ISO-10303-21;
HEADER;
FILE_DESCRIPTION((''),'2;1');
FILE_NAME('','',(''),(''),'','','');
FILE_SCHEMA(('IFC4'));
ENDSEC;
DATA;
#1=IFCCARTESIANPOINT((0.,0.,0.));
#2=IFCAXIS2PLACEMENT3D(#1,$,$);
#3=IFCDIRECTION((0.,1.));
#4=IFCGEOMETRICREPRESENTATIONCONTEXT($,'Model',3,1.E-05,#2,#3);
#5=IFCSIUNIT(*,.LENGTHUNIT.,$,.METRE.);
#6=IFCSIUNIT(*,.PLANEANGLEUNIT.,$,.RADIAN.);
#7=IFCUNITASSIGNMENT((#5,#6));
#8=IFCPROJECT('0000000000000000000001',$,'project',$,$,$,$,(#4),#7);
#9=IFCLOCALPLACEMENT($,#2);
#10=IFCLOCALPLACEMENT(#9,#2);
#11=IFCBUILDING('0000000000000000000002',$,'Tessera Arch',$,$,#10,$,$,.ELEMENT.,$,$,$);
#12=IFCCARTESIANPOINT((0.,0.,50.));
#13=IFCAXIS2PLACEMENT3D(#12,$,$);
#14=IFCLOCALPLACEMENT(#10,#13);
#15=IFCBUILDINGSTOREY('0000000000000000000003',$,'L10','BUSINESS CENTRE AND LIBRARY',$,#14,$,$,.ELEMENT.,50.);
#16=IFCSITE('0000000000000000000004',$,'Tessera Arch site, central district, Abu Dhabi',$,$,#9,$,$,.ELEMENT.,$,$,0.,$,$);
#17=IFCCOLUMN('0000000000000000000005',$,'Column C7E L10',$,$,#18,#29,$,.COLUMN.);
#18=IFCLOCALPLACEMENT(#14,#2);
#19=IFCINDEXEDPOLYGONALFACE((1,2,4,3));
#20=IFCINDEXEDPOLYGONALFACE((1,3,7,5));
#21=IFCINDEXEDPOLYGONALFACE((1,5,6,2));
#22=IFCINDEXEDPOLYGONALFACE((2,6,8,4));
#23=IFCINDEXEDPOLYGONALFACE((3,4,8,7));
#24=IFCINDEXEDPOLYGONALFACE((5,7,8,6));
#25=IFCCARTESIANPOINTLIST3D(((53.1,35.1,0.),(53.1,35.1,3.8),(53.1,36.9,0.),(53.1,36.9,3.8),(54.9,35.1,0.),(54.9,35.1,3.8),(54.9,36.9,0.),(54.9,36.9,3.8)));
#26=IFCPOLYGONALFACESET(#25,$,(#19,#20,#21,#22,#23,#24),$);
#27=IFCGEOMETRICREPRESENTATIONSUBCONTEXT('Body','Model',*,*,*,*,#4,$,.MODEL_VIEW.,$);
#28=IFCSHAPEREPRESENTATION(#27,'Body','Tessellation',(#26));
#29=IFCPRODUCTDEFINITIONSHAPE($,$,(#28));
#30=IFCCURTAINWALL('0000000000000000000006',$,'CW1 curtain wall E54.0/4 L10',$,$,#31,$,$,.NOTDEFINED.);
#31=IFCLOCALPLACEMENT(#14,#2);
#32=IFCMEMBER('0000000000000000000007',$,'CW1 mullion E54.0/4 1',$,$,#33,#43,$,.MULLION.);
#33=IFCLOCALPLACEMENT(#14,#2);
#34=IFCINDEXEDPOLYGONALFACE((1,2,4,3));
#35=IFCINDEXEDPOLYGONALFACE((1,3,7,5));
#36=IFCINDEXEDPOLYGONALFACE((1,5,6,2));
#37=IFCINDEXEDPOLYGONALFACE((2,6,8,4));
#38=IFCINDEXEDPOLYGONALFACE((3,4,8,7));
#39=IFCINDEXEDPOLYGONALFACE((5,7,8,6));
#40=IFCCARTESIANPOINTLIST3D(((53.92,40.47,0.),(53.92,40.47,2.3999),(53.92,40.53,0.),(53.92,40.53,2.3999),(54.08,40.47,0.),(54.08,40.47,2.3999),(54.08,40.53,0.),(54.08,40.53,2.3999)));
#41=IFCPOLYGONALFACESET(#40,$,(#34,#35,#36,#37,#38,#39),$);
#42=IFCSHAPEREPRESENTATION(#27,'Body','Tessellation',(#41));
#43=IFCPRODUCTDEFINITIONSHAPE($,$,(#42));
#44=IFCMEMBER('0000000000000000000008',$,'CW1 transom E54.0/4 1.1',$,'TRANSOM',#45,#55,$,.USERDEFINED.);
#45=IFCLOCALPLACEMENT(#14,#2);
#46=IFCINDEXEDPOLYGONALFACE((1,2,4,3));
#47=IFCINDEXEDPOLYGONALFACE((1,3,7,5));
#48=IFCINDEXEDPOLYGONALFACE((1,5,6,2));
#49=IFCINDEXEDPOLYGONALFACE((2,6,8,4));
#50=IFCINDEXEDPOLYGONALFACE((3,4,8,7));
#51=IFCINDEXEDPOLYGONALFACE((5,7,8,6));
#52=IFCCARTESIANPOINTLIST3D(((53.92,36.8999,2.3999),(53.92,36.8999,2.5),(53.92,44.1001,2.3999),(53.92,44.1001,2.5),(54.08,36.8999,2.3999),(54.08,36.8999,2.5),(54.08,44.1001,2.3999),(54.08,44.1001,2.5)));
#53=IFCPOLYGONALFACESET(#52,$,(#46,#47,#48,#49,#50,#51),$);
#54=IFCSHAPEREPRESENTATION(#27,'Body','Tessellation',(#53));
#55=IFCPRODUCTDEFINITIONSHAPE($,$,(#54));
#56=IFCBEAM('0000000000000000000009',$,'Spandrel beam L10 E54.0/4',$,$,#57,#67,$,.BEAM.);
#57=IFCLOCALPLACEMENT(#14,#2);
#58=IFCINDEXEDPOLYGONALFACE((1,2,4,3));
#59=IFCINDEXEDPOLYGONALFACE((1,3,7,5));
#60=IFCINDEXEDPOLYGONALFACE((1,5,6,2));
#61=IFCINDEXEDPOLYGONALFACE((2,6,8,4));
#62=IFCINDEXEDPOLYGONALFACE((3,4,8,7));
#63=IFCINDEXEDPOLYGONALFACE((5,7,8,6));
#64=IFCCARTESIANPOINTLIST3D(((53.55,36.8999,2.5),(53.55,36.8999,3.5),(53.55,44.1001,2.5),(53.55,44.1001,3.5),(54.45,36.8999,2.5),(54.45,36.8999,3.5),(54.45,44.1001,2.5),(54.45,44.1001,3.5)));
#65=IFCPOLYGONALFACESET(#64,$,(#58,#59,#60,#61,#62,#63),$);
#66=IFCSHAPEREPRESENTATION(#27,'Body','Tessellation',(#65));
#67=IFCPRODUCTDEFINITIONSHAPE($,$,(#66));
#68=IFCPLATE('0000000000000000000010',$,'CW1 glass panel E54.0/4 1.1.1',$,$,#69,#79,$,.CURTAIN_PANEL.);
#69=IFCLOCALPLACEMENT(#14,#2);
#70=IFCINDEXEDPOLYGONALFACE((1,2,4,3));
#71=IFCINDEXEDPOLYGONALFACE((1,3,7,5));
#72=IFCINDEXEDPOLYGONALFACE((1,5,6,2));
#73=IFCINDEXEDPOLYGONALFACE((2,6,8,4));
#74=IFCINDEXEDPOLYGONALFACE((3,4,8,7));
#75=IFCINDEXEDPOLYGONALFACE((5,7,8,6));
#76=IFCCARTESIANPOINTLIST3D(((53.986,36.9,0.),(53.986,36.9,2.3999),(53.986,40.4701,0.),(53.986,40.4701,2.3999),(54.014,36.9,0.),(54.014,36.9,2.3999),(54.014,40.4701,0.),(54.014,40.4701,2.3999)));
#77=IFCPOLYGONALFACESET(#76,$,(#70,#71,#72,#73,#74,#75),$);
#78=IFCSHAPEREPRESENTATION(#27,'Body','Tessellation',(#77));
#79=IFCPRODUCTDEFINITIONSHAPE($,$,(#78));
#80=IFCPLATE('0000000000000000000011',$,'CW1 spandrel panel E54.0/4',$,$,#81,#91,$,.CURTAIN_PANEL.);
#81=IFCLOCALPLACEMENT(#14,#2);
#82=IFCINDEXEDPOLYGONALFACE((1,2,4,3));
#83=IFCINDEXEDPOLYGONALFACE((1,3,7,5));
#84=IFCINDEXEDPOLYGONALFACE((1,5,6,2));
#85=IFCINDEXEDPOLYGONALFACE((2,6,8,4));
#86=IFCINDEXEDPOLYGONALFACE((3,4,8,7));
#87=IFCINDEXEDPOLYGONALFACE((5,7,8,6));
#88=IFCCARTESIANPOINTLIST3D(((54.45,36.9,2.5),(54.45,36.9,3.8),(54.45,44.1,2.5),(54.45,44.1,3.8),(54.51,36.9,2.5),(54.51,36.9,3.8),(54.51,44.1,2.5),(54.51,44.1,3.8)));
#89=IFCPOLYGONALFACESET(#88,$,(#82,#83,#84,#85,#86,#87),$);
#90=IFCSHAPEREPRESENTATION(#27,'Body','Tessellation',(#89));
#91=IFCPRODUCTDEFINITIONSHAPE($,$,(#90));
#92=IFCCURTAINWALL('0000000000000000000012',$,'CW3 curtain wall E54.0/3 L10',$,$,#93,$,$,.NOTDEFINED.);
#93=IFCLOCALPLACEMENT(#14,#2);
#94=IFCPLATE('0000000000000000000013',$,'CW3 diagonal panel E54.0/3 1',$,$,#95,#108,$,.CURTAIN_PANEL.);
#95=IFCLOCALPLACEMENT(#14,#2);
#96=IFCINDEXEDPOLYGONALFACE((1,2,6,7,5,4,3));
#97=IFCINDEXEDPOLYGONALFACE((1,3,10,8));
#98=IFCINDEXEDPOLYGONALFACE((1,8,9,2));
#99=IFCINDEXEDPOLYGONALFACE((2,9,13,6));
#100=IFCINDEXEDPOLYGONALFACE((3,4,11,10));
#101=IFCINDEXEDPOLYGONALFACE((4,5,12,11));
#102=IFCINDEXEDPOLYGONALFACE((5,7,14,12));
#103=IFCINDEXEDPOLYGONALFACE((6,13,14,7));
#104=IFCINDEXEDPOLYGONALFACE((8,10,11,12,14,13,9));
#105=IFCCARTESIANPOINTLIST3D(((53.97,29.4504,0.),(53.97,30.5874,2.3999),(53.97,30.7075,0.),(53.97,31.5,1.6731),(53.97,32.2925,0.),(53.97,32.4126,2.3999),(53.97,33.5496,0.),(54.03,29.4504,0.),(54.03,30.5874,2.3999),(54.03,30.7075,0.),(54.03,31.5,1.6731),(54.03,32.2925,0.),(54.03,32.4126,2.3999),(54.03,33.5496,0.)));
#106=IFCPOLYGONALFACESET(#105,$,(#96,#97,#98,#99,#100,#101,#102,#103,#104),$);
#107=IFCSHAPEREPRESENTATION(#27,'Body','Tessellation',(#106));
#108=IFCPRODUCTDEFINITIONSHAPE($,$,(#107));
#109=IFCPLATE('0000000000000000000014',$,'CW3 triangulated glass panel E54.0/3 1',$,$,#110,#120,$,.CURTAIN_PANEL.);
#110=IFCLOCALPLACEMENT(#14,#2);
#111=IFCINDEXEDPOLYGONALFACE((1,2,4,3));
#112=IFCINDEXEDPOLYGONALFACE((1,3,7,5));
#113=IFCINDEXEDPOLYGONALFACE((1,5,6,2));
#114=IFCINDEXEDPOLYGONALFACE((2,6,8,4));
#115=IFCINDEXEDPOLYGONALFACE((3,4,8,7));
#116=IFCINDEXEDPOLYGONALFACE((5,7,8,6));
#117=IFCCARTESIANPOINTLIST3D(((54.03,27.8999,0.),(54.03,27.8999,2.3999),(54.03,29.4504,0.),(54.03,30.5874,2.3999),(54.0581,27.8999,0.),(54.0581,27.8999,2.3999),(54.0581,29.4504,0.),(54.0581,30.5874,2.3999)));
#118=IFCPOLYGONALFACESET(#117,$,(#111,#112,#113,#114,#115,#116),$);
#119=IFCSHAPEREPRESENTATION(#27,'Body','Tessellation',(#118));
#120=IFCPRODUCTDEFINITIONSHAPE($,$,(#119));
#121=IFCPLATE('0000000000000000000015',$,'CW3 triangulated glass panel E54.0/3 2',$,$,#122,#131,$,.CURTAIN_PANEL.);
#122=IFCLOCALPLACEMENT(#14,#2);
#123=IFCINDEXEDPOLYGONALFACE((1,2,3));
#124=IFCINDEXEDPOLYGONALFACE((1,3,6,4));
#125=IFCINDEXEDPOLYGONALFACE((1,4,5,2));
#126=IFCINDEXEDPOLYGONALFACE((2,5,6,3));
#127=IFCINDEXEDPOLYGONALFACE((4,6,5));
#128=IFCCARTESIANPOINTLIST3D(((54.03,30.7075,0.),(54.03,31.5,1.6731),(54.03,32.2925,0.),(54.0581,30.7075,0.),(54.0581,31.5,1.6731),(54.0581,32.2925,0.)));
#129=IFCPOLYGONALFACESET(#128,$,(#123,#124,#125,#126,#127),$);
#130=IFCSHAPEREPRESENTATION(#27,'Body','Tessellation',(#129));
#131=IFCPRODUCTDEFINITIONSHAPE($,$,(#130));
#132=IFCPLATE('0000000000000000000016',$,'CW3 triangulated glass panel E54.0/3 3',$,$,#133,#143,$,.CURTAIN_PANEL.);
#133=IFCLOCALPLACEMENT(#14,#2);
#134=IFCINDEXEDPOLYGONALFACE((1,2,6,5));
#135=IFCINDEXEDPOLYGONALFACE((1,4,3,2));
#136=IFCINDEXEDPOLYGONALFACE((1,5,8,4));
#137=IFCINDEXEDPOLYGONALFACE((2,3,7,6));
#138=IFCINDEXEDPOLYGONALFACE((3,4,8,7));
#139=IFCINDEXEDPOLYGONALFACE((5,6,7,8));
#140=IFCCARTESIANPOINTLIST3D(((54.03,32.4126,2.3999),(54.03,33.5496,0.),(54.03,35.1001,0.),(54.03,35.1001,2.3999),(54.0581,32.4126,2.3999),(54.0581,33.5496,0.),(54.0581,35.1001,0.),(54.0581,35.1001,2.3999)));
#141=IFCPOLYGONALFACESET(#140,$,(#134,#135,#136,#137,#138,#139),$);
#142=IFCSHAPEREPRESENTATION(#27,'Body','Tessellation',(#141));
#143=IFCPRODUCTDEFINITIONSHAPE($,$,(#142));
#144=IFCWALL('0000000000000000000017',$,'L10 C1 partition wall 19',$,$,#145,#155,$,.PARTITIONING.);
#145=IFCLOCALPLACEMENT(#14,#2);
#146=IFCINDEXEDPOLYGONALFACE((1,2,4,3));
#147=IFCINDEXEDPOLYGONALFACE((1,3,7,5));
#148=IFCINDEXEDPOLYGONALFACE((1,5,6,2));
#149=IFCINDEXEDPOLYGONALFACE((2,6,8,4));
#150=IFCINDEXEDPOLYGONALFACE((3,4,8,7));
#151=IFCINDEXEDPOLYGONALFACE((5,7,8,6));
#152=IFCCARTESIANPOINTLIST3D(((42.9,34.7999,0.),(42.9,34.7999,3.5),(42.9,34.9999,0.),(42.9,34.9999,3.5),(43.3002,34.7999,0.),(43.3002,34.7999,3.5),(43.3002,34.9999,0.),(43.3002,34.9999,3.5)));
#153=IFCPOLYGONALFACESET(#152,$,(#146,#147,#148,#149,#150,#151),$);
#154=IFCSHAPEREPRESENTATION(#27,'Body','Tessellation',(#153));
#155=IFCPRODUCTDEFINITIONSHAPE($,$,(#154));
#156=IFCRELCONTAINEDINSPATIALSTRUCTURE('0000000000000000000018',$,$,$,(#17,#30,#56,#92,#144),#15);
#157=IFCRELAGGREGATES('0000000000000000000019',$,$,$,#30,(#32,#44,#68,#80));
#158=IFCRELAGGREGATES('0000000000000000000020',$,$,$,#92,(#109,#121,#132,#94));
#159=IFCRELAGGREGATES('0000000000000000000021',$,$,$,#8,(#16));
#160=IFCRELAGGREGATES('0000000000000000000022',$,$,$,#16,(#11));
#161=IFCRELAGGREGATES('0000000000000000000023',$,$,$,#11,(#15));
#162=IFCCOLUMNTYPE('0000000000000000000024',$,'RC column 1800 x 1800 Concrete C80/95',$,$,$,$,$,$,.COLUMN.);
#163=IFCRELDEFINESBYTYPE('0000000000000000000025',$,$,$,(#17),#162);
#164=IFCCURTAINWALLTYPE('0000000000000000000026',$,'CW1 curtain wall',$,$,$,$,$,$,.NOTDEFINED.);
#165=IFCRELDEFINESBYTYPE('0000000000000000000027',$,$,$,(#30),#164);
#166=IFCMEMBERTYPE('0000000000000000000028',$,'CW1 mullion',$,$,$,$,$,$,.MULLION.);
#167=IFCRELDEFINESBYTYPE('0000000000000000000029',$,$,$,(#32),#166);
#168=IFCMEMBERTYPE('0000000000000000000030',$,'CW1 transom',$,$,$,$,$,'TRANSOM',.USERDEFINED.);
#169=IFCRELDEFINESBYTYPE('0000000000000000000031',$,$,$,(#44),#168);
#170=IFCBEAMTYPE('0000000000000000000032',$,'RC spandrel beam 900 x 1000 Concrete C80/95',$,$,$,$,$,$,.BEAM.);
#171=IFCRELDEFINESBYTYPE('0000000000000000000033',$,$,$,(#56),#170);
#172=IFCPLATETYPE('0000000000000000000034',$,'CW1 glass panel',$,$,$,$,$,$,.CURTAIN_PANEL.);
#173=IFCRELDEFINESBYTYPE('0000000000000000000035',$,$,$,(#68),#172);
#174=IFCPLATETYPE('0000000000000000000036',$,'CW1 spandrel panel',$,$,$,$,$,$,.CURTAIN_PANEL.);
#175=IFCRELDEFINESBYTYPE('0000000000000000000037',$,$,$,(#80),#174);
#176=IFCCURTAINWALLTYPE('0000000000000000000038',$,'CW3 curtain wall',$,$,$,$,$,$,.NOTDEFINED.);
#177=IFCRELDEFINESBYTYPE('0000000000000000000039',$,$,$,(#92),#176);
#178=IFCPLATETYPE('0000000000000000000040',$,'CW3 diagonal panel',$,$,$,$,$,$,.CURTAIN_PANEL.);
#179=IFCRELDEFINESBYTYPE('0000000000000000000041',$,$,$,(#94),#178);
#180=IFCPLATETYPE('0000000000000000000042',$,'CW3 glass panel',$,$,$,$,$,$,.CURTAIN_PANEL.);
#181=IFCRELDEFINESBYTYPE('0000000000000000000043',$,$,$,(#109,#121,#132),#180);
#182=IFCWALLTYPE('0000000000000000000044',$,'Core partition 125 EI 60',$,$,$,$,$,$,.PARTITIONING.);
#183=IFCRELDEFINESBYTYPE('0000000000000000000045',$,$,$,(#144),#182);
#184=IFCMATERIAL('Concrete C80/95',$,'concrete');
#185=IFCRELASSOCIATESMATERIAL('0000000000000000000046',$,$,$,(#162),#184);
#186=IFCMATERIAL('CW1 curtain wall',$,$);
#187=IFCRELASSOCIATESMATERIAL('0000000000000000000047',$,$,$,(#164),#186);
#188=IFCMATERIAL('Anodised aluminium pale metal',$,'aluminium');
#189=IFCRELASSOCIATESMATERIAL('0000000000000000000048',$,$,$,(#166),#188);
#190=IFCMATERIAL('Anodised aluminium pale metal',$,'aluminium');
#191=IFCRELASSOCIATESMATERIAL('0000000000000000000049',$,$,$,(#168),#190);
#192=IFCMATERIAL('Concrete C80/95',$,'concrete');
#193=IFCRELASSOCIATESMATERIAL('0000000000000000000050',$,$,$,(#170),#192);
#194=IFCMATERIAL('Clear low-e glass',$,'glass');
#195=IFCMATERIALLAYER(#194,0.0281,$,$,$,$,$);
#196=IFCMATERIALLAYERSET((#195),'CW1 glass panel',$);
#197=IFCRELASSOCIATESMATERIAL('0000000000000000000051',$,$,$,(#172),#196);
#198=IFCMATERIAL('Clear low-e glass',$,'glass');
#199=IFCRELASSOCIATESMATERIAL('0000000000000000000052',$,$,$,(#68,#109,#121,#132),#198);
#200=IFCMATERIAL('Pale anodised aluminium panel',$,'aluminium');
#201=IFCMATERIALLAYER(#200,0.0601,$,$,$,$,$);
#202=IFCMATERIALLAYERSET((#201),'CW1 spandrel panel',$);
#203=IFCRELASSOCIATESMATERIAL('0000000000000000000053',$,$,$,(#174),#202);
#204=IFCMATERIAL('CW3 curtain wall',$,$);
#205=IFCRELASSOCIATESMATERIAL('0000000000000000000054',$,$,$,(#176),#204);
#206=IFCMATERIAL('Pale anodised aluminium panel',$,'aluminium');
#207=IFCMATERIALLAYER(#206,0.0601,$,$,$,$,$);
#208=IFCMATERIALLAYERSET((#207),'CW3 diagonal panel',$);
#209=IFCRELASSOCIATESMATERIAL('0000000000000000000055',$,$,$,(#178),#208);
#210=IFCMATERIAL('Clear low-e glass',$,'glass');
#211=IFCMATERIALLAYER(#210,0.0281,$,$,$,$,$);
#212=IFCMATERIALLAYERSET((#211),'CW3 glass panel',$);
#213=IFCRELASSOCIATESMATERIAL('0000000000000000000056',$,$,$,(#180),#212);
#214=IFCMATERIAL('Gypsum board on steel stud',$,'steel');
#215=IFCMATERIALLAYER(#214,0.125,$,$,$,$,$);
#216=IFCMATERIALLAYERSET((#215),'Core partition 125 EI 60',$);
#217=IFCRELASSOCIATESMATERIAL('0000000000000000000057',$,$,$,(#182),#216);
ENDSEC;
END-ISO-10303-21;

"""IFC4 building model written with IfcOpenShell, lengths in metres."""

from ifc_helpers import new_model, si_unit, direction, frame, frame_2d, origin, origin_2d, place, context, subcontext, project, spatial, polyline, rectangle, outline, extrude, material, layer, layer_set, material_profile, profile_set, type_object, element, aggregate, save


model = new_model("IFC4")

# Units and contexts
model_context = context("Model", 3, precision=1e-05, world=origin(), true_north=direction((0.0, 1.0)))
body_context = subcontext(model_context, "Body", "Model", "MODEL_VIEW")
ifc_project = project(units=[si_unit("LENGTHUNIT", "METRE"), si_unit("PLANEANGLEUNIT", "RADIAN")], contexts=[model_context])

# Site, building, storey
site_placement = place(None, origin())
site = spatial("IfcSite", under=ifc_project, at=site_placement, Name="Tessera Arch site, central district, Abu Dhabi", CompositionType="ELEMENT", RefElevation=0.0)
building_placement = place(site_placement, origin())
building = spatial("IfcBuilding", under=site, at=building_placement, Name="Tessera Arch", CompositionType="ELEMENT")
storey_placement = place(building_placement, frame((0.0, 0.0, 50.0)))
storey = spatial("IfcBuildingStorey", under=building, at=storey_placement, Name="L10", Description="BUSINESS CENTRE AND LIBRARY", CompositionType="ELEMENT", Elevation=50.0)

# Column
ifc_material_1 = material(Name="Concrete C80/95", Category="concrete")
ifc_material_profile_1 = material_profile(ifc_material_1, rectangle(XDim=1.8, YDim=1.8, at=origin_2d()), Name="RC column 1800 x 1800 Concrete C80/95")
ifc_profile_set_1 = profile_set([ifc_material_profile_1], Name="Concrete C80/95")
column_type = type_object("IfcColumnType", Name="RC column 1800 x 1800 Concrete C80/95", PredefinedType="COLUMN", material=ifc_profile_set_1)
column_placement = place(storey_placement, frame((54.0, 36.0, 0.0), z_axis=(0.0, 0.0, 1.0), x_axis=(1.0, 0.0, 0.0)))
element("IfcColumn", 1, at=column_placement, inside=storey, type_object=column_type, Name="Column C7E L10", PredefinedType="COLUMN", context=body_context, shape_type="SweptSolid", body=[
    extrude(rectangle(XDim=1.8, YDim=1.8, at=origin_2d()), origin(), (0.0, 0.0, 1.0), 3.8),
])

# Curtain wall, members
ifc_material_2 = material(Name="CW1 curtain wall")
curtain_wall_type_1 = type_object("IfcCurtainWallType", Name="CW1 curtain wall", PredefinedType="NOTDEFINED", material=ifc_material_2)
curtain_wall_1_placement = place(storey_placement, origin())
curtain_wall_1 = element("IfcCurtainWall", 2, at=curtain_wall_1_placement, inside=storey, type_object=curtain_wall_type_1, Name="CW1 curtain wall E54.0/4 L10", PredefinedType="NOTDEFINED")
ifc_material_3 = material(Name="Anodised aluminium pale metal", Category="aluminium")
ifc_material_profile_2 = material_profile(ifc_material_3, rectangle(XDim=0.1599, YDim=0.0601, at=origin_2d()), Name="AL 60x160")
ifc_profile_set_2 = profile_set([ifc_material_profile_2], Name="Anodised aluminium pale metal")
member_type_1 = type_object("IfcMemberType", Name="CW1 mullion", PredefinedType="MULLION", material=ifc_profile_set_2)
member_1_placement = place(storey_placement, frame((54.0, 40.5, 0.0), z_axis=(0.0, 0.0, 1.0), x_axis=(-1.0, 0.0, 0.0)))
member_1 = element("IfcMember", 3, at=member_1_placement, type_object=member_type_1, Name="CW1 mullion E54.0/4 1", PredefinedType="MULLION", context=body_context, shape_type="SweptSolid", body=[
    extrude(rectangle(XDim=0.1599, YDim=0.0601, at=origin_2d()), origin(), (0.0, 0.0, 1.0), 2.3999),
])
ifc_material_4 = material(Name="Anodised aluminium pale metal", Category="aluminium")
ifc_material_profile_3 = material_profile(ifc_material_4, rectangle(XDim=0.1599, YDim=0.1001, at=origin_2d()), Name="AL 160x100")
ifc_profile_set_3 = profile_set([ifc_material_profile_3], Name="Anodised aluminium pale metal")
member_type_2 = type_object("IfcMemberType", Name="CW1 transom", ElementType="TRANSOM", PredefinedType="USERDEFINED", material=ifc_profile_set_3)
member_2_placement = place(storey_placement, frame((54.0, 36.8999, 2.45), z_axis=(0.0, 1.0, 0.0), x_axis=(-1.0, 0.0, 0.0)))
member_2 = element("IfcMember", 4, at=member_2_placement, type_object=member_type_2, Name="CW1 transom E54.0/4 1.1", ObjectType="TRANSOM", PredefinedType="USERDEFINED", context=body_context, shape_type="SweptSolid", body=[
    extrude(rectangle(XDim=0.1599, YDim=0.1001, at=origin_2d()), origin(), (0.0, 0.0, 1.0), 7.2002),
])

# Beam
ifc_material_5 = material(Name="Concrete C80/95", Category="concrete")
ifc_material_profile_4 = material_profile(ifc_material_5, rectangle(XDim=0.8999, YDim=1.0, at=origin_2d()), Name="RC spandrel beam 900 x 1000 Concrete C80/95")
ifc_profile_set_4 = profile_set([ifc_material_profile_4], Name="Concrete C80/95")
beam_type = type_object("IfcBeamType", Name="RC spandrel beam 900 x 1000 Concrete C80/95", PredefinedType="BEAM", material=ifc_profile_set_4)
beam_placement = place(storey_placement, frame((54.0, 36.8999, 3.0), z_axis=(0.0, 1.0, 0.0), x_axis=(-1.0, 0.0, 0.0)))
element("IfcBeam", 5, at=beam_placement, inside=storey, type_object=beam_type, Name="Spandrel beam L10 E54.0/4", PredefinedType="BEAM", context=body_context, shape_type="SweptSolid", body=[
    extrude(rectangle(XDim=0.8999, YDim=1.0, at=origin_2d()), origin(), (0.0, 0.0, 1.0), 7.2002),
])

# Plates
ifc_material_6 = material(Name="Clear low-e glass", Category="glass")
ifc_material_7 = material(Name="Clear low-e glass", Category="glass")
ifc_layer_1 = layer(ifc_material_7, 0.0281)
ifc_layer_set_1 = layer_set([ifc_layer_1], Name="CW1 glass panel")
plate_type_1 = type_object("IfcPlateType", Name="CW1 glass panel", PredefinedType="CURTAIN_PANEL", material=ifc_layer_set_1)
plate_1_placement = place(storey_placement, frame((54.0, 38.6851, 0.0), z_axis=(0.0, 0.0, 1.0), x_axis=(0.0, 1.0, 0.0)))
plate_1 = element("IfcPlate", 6, at=plate_1_placement, type_object=plate_type_1, material=ifc_material_6, Name="CW1 glass panel E54.0/4 1.1.1", PredefinedType="CURTAIN_PANEL", context=body_context, shape_type="SweptSolid", body=[
    extrude(rectangle(XDim=3.5701, YDim=0.0281, at=origin_2d()), origin(), (0.0, 0.0, 1.0), 2.3999),
])
ifc_material_8 = material(Name="Pale anodised aluminium panel", Category="aluminium")
ifc_layer_2 = layer(ifc_material_8, 0.0601)
ifc_layer_set_2 = layer_set([ifc_layer_2], Name="CW1 spandrel panel")
plate_type_2 = type_object("IfcPlateType", Name="CW1 spandrel panel", PredefinedType="CURTAIN_PANEL", material=ifc_layer_set_2)
plate_2_placement = place(storey_placement, frame((54.48, 40.5, 2.5), z_axis=(0.0, 0.0, 1.0), x_axis=(0.0, 1.0, 0.0)))
plate_2 = element("IfcPlate", 7, at=plate_2_placement, type_object=plate_type_2, Name="CW1 spandrel panel E54.0/4", PredefinedType="CURTAIN_PANEL", context=body_context, shape_type="SweptSolid", body=[
    extrude(rectangle(XDim=7.2, YDim=0.0601, at=origin_2d()), origin(), (0.0, 0.0, 1.0), 1.3),
])
aggregate(curtain_wall_1, [member_1, member_2, plate_1, plate_2])

# Curtain wall, plates
ifc_material_9 = material(Name="CW3 curtain wall")
curtain_wall_type_2 = type_object("IfcCurtainWallType", Name="CW3 curtain wall", PredefinedType="NOTDEFINED", material=ifc_material_9)
curtain_wall_2_placement = place(storey_placement, origin())
curtain_wall_2 = element("IfcCurtainWall", 8, at=curtain_wall_2_placement, inside=storey, type_object=curtain_wall_type_2, Name="CW3 curtain wall E54.0/3 L10", PredefinedType="NOTDEFINED")
ifc_material_10 = material(Name="Pale anodised aluminium panel", Category="aluminium")
ifc_layer_3 = layer(ifc_material_10, 0.0601)
ifc_layer_set_3 = layer_set([ifc_layer_3], Name="CW3 diagonal panel")
plate_type_3 = type_object("IfcPlateType", Name="CW3 diagonal panel", PredefinedType="CURTAIN_PANEL", material=ifc_layer_set_3)
plate_3_placement = place(storey_placement, frame((54.03, 32.4126, 2.3999), z_axis=(1.0, 0.0, 0.0), x_axis=(0.0, -1.0, 0.0)))
plate_3 = element("IfcPlate", 9, at=plate_3_placement, type_object=plate_type_3, Name="CW3 diagonal panel E54.0/3 1", PredefinedType="CURTAIN_PANEL", context=body_context, shape_type="SweptSolid", body=[
    extrude(outline(polyline([(0.0, 0.0), (1.8252, 0.0), (2.9622, 2.3999), (1.7051, 2.3999), (0.9126, 0.7268), (0.1201, 2.3999), (-1.137, 2.3999), (0.0, 0.0)])), origin(), (0.0, 0.0, -1.0), 0.0601),
])
ifc_material_11 = material(Name="Clear low-e glass", Category="glass")
ifc_layer_4 = layer(ifc_material_11, 0.0281)
ifc_layer_set_4 = layer_set([ifc_layer_4], Name="CW3 glass panel")
plate_type_4 = type_object("IfcPlateType", Name="CW3 glass panel", PredefinedType="CURTAIN_PANEL", material=ifc_layer_set_4)
plate_4_placement = place(storey_placement, frame((54.0581, 27.8999, 0.0), z_axis=(1.0, 0.0, 0.0), x_axis=(0.0, 1.0, 0.0)))
plate_4 = element("IfcPlate", 10, at=plate_4_placement, type_object=plate_type_4, material=ifc_material_6, Name="CW3 triangulated glass panel E54.0/3 1", PredefinedType="CURTAIN_PANEL", context=body_context, shape_type="SweptSolid", body=[
    extrude(outline(polyline([(0.0, 0.0), (1.5505, 0.0), (2.6875, 2.3999), (0.0, 2.3999), (0.0, 0.0)])), origin(), (0.0, 0.0, -1.0), 0.0281),
])
plate_5_placement = place(storey_placement, frame((54.0581, 30.7075, 0.0), z_axis=(1.0, 0.0, 0.0), x_axis=(0.0, 1.0, 0.0)))
plate_5 = element("IfcPlate", 11, at=plate_5_placement, type_object=plate_type_4, material=ifc_material_6, Name="CW3 triangulated glass panel E54.0/3 2", PredefinedType="CURTAIN_PANEL", context=body_context, shape_type="SweptSolid", body=[
    extrude(outline(polyline([(0.0, 0.0), (1.585, 0.0), (0.7925, 1.6731), (0.0, 0.0)])), origin(), (0.0, 0.0, -1.0), 0.0281),
])
plate_6_placement = place(storey_placement, frame((54.0581, 35.1001, 2.3999), z_axis=(1.0, 0.0, 0.0), x_axis=(0.0, -1.0, 0.0)))
plate_6 = element("IfcPlate", 12, at=plate_6_placement, type_object=plate_type_4, material=ifc_material_6, Name="CW3 triangulated glass panel E54.0/3 3", PredefinedType="CURTAIN_PANEL", context=body_context, shape_type="SweptSolid", body=[
    extrude(outline(polyline([(0.0, 0.0), (2.6875, 0.0), (1.5505, 2.3999), (0.0, 2.3999), (0.0, 0.0)])), origin(), (0.0, 0.0, -1.0), 0.0281),
])
aggregate(curtain_wall_2, [plate_4, plate_5, plate_6, plate_3])

# Wall
ifc_material_12 = material(Name="Gypsum board on steel stud", Category="steel")
ifc_layer_5 = layer(ifc_material_12, 0.125)
ifc_layer_set_5 = layer_set([ifc_layer_5], Name="Core partition 125 EI 60")
wall_type_1 = type_object("IfcWallType", Name="Core partition 125 EI 60", PredefinedType="PARTITIONING", material=ifc_layer_set_5)
wall_1_placement = place(storey_placement, frame((42.8999, 34.8999, 0.0), z_axis=(0.0, 0.0, 1.0), x_axis=(1.0, 0.0, 0.0)))
element("IfcWall", 13, at=wall_1_placement, inside=storey, type_object=wall_type_1, Name="L10 C1 partition wall 19", PredefinedType="PARTITIONING", context=body_context, shape_type="SweptSolid", body=[
    extrude(rectangle(XDim=0.4001, YDim=0.2, at=frame_2d((0.2002, 0.0))), origin(), (0.0, 0.0, 1.0), 3.5),
])

save(model, "model.ifc")
